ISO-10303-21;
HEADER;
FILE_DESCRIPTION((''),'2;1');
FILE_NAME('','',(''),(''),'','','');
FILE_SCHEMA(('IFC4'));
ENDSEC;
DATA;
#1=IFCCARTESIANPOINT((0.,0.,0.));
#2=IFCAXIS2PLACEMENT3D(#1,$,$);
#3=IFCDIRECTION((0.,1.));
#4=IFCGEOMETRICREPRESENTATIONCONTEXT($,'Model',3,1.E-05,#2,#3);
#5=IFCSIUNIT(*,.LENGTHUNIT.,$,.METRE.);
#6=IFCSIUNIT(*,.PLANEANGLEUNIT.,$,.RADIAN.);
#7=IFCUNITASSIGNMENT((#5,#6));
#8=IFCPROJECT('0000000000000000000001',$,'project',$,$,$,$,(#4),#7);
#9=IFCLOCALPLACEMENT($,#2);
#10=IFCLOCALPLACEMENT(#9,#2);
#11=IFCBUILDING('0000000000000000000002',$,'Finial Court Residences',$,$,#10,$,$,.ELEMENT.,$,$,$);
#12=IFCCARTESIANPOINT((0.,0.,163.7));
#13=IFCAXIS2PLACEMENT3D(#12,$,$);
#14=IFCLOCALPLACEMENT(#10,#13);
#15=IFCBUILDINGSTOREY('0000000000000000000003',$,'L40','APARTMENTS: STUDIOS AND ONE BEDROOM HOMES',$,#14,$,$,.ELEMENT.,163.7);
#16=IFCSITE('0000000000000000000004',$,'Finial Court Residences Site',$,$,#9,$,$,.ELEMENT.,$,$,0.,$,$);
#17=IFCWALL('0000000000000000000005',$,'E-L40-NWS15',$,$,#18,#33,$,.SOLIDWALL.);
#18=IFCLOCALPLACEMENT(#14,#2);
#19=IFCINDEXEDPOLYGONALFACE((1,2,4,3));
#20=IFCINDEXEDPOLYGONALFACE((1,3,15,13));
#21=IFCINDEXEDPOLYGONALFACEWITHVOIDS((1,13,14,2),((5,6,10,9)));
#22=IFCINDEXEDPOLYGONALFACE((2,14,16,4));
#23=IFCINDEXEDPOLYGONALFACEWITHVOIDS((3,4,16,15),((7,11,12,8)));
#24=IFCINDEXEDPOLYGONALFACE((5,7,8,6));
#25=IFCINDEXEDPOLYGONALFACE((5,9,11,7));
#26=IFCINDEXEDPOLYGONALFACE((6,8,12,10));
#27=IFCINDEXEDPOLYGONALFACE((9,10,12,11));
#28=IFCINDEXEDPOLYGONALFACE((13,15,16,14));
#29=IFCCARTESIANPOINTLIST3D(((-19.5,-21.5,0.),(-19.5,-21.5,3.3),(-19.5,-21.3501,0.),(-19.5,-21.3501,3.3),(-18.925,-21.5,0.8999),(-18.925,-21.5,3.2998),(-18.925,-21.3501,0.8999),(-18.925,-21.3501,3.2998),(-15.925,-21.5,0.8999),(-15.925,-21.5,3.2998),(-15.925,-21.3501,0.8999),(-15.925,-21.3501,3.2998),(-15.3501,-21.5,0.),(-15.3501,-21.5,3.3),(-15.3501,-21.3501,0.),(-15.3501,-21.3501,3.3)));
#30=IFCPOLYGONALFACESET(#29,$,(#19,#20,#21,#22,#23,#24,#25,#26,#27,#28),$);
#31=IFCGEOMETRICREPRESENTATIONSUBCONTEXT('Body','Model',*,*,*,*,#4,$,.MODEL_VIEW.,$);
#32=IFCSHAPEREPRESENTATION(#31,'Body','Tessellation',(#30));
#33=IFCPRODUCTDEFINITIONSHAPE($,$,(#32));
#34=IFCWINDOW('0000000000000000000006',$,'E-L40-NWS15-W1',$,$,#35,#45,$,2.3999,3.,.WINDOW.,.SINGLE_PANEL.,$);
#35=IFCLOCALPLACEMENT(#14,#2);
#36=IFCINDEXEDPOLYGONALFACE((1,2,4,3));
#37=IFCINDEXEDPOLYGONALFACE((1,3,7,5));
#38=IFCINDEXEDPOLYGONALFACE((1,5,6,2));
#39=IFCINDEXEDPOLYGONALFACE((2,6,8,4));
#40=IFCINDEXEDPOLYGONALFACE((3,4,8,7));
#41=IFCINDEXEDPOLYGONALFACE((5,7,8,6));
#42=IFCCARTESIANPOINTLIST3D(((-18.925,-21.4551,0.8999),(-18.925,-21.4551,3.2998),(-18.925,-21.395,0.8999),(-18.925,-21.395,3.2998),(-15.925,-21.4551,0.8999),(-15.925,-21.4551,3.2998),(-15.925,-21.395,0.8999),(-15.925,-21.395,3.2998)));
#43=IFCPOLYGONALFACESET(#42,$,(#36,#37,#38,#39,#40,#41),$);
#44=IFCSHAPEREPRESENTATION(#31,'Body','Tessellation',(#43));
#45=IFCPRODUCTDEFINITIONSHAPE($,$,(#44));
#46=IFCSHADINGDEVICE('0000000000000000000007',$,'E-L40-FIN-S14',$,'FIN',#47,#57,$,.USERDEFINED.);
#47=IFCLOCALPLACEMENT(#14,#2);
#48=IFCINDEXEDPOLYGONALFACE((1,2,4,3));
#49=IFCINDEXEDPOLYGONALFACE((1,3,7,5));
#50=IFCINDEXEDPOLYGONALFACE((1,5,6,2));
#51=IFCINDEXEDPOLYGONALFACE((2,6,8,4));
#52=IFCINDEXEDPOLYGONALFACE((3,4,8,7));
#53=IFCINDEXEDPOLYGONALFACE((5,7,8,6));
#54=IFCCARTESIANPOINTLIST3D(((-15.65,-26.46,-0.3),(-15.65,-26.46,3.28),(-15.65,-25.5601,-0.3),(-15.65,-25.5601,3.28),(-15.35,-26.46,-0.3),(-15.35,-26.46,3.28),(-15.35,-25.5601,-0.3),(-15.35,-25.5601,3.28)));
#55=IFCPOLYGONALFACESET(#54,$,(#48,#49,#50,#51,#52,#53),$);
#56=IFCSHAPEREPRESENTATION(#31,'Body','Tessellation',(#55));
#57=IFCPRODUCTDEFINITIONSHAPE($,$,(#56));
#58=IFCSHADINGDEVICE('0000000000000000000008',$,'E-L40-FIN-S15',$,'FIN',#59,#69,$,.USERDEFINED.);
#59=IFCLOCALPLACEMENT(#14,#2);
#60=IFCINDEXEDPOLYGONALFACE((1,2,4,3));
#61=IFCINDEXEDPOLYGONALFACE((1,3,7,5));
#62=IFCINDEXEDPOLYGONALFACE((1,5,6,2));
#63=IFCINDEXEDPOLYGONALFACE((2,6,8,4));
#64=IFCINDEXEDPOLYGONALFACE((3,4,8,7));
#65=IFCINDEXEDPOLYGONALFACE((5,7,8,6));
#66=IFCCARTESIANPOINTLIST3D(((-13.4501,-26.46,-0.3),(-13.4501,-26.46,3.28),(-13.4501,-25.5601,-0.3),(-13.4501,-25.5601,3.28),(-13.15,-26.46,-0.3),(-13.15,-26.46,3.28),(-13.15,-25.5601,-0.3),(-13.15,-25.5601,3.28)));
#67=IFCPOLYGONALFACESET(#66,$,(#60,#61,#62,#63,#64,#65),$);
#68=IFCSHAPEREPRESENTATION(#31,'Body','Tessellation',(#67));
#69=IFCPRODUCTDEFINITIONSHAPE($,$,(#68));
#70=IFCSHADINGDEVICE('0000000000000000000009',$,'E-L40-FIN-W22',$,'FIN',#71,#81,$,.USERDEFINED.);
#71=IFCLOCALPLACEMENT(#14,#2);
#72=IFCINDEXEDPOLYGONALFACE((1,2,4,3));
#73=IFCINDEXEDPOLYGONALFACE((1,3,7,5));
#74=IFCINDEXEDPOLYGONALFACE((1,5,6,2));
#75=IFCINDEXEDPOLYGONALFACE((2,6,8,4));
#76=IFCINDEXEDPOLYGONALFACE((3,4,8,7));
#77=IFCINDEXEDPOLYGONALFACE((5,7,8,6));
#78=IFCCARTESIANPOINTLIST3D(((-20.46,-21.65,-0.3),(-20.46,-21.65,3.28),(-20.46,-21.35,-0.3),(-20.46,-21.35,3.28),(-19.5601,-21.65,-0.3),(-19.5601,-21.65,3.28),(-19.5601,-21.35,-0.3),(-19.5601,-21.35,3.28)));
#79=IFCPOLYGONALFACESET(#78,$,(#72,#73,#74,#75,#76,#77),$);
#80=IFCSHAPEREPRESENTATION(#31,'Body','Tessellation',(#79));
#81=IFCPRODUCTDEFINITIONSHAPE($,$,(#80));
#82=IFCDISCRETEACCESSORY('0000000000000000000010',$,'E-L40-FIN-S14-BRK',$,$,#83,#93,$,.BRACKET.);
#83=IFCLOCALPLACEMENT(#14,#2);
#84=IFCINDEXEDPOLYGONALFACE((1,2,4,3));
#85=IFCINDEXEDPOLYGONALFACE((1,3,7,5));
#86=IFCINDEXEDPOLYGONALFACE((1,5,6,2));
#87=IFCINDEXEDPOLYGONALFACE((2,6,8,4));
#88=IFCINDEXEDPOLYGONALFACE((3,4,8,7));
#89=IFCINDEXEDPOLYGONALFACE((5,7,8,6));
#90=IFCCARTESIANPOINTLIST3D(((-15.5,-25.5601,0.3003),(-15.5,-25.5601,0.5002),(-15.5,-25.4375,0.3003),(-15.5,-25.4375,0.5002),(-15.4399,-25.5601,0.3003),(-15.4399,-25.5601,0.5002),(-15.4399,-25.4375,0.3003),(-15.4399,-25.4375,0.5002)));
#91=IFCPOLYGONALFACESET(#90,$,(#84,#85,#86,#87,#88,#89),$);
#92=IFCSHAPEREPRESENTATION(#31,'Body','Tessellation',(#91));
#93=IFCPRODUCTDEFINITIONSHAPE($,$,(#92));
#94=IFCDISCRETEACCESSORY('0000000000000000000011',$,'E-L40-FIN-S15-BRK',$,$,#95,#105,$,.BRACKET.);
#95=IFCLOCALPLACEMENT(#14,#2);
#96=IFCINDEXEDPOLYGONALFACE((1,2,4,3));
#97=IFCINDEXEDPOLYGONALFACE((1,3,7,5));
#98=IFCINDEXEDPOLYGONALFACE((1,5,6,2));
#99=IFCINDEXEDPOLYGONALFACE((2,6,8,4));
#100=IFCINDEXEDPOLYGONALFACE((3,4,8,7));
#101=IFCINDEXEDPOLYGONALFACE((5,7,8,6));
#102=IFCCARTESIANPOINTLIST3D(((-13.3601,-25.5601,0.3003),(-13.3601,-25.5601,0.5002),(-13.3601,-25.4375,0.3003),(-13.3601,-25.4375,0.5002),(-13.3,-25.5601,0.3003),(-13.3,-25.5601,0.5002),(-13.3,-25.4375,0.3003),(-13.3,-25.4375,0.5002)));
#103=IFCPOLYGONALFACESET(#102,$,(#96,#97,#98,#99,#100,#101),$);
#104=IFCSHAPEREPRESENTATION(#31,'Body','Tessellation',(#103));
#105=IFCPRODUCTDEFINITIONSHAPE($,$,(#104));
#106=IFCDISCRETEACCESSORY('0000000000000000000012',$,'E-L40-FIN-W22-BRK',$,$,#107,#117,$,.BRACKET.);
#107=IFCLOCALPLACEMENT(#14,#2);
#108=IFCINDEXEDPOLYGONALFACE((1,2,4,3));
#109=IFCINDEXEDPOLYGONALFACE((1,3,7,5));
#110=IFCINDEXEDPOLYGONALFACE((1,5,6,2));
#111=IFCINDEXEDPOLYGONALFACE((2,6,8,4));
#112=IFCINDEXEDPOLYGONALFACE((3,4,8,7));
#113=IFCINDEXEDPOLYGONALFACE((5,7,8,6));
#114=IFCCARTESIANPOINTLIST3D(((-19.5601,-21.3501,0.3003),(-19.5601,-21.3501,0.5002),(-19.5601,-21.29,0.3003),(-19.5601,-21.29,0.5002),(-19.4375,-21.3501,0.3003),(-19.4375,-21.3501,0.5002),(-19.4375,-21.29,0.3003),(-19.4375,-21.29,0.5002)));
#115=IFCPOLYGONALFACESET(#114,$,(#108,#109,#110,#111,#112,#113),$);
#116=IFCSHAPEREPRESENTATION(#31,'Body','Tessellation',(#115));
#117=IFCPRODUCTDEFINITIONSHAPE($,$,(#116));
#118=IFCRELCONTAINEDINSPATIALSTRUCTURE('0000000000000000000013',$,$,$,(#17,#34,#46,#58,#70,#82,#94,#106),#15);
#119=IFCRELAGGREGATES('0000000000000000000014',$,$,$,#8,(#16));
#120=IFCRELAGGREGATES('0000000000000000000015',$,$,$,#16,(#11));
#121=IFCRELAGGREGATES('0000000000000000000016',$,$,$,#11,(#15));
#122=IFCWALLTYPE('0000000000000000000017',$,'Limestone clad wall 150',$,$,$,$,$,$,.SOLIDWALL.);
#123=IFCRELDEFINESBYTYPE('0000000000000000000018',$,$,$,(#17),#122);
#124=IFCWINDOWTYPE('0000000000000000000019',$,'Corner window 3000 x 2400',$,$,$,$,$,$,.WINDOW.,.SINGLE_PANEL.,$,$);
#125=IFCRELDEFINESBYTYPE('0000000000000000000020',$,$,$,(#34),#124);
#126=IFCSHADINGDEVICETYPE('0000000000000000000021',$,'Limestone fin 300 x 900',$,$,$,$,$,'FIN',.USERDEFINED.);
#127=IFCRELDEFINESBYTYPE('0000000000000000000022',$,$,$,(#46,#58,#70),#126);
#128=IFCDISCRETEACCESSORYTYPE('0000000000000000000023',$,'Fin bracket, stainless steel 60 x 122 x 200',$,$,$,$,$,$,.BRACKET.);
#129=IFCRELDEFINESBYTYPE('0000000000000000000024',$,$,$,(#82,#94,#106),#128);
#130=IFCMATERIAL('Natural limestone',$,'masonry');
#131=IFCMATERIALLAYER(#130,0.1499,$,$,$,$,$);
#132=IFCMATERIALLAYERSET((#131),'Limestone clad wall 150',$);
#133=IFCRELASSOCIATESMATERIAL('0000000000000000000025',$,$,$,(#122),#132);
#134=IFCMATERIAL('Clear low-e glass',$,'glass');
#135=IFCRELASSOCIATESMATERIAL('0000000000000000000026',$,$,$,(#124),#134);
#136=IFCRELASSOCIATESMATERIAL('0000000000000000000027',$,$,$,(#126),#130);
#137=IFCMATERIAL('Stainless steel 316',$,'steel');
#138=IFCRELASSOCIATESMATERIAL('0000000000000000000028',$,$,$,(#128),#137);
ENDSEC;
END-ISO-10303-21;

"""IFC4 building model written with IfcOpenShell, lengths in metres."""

from ifc_helpers import new_model, si_unit, direction, frame, frame_2d, origin, origin_2d, place, context, subcontext, project, spatial, rectangle, extrude, material, layer, layer_set, type_object, element, fill, save


model = new_model("IFC4")

# Units and contexts
model_context = context("Model", 3, precision=1e-05, world=origin(), true_north=direction((0.0, 1.0)))
body_context = subcontext(model_context, "Body", "Model", "MODEL_VIEW")
ifc_project = project(units=[si_unit("LENGTHUNIT", "METRE"), si_unit("PLANEANGLEUNIT", "RADIAN")], contexts=[model_context])

# Site, building, storey
site_placement = place(None, origin())
site = spatial("IfcSite", under=ifc_project, at=site_placement, Name="Finial Court Residences Site", CompositionType="ELEMENT", RefElevation=0.0)
building_placement = place(site_placement, origin())
building = spatial("IfcBuilding", under=site, at=building_placement, Name="Finial Court Residences", CompositionType="ELEMENT")
storey_placement = place(building_placement, frame((0.0, 0.0, 163.7)))
storey = spatial("IfcBuildingStorey", under=building, at=storey_placement, Name="L40", Description="APARTMENTS: STUDIOS AND ONE BEDROOM HOMES", CompositionType="ELEMENT", Elevation=163.7)

# Shared definitions
ifc_material_1 = material(Name="Clear low-e glass", Category="glass")

# Wall, opening, window
ifc_material_2 = material(Name="Natural limestone", Category="masonry")
ifc_layer_1 = layer(ifc_material_2, 0.1499)
ifc_layer_set_1 = layer_set([ifc_layer_1], Name="Limestone clad wall 150")
wall_type_1 = type_object("IfcWallType", Name="Limestone clad wall 150", PredefinedType="SOLIDWALL", material=ifc_layer_set_1)
wall_1_placement = place(storey_placement, frame((-15.3501, -21.425, 0.0), z_axis=(0.0, 0.0, 1.0), x_axis=(-1.0, 0.0, 0.0)))
wall_1 = element("IfcWall", 1, at=wall_1_placement, inside=storey, type_object=wall_type_1, Name="E-L40-NWS15", PredefinedType="SOLIDWALL", context=body_context, shape_type="SweptSolid", body=[
    extrude(rectangle(XDim=4.1499, YDim=0.1499, at=frame_2d((2.075, 0.0))), origin(), (0.0, 0.0, 1.0), 3.3),
])
opening_1_placement = place(wall_1_placement, frame((0.575, 0.0, 0.8999)))
opening_1 = element("IfcOpeningElement", 2, at=opening_1_placement, cuts=wall_1, PredefinedType="OPENING", context=body_context, shape_type="SweptSolid", body=[
    extrude(rectangle(XDim=3.0, YDim=2.3999, at=frame_2d((1.5, 1.2))), frame((0.0, 0.085, 0.0), z_axis=(0.0, -1.0, 0.0), x_axis=(1.0, 0.0, 0.0)), (0.0, 0.0, 1.0), 0.1699),
])
window_type_1 = type_object("IfcWindowType", Name="Corner window 3000 x 2400", PartitioningType="SINGLE_PANEL", PredefinedType="WINDOW", material=ifc_material_1)
window_1_placement = place(opening_1_placement, origin())
window_1 = element("IfcWindow", 3, at=window_1_placement, inside=storey, type_object=window_type_1, Name="E-L40-NWS15-W1", OverallHeight=2.3999, OverallWidth=3.0, PartitioningType="SINGLE_PANEL", PredefinedType="WINDOW", context=body_context, shape_type="SweptSolid", body=[
    extrude(rectangle(XDim=3.0, YDim=2.3999, at=frame_2d((1.5, 1.2))), frame((0.0, 0.03, 0.0), z_axis=(0.0, -1.0, 0.0), x_axis=(1.0, 0.0, 0.0)), (0.0, 0.0, 1.0), 0.0601),
])
fill(opening_1, window_1)

# Shading devices
shading_device_type = type_object("IfcShadingDeviceType", Name="Limestone fin 300 x 900", ElementType="FIN", PredefinedType="USERDEFINED", material=ifc_material_2)
for number, where, z_axis, x_axis, name in (
    (4, (-15.5, -26.01, -0.3), (0.0, 0.0, 1.0), (1.0, 0.0, 0.0), "E-L40-FIN-S14"),
    (5, (-13.3, -26.01, -0.3), (0.0, 0.0, 1.0), (1.0, 0.0, 0.0), "E-L40-FIN-S15"),
):
    element("IfcShadingDevice", number, at=place(storey_placement, frame(where, z_axis=z_axis, x_axis=x_axis)), inside=storey, type_object=shading_device_type, Name=name, ObjectType="FIN", PredefinedType="USERDEFINED", context=body_context, shape_type="SweptSolid", body=[
        extrude(rectangle(XDim=0.3, YDim=0.8999, at=origin_2d()), origin(), (0.0, 0.0, 1.0), 3.5801),
    ])
shading_device_placement = place(storey_placement, frame((-20.01, -21.5, -0.3), z_axis=(0.0, 0.0, 1.0), x_axis=(1.0, 0.0, 0.0)))
element("IfcShadingDevice", 6, at=shading_device_placement, inside=storey, type_object=shading_device_type, Name="E-L40-FIN-W22", ObjectType="FIN", PredefinedType="USERDEFINED", context=body_context, shape_type="SweptSolid", body=[
    extrude(rectangle(XDim=0.8999, YDim=0.3, at=origin_2d()), origin(), (0.0, 0.0, 1.0), 3.5801),
])

# Discrete accessories
ifc_material_3 = material(Name="Stainless steel 316", Category="steel")
discrete_accessory_type = type_object("IfcDiscreteAccessoryType", Name="Fin bracket, stainless steel 60 x 122 x 200", PredefinedType="BRACKET", material=ifc_material_3)
for number, where, z_axis, x_axis, name in (
    (7, (-15.47, -25.4988, 0.3003), (0.0, 0.0, 1.0), (1.0, 0.0, 0.0), "E-L40-FIN-S14-BRK"),
    (8, (-13.3301, -25.4988, 0.3003), (0.0, 0.0, 1.0), (1.0, 0.0, 0.0), "E-L40-FIN-S15-BRK"),
):
    element("IfcDiscreteAccessory", number, at=place(storey_placement, frame(where, z_axis=z_axis, x_axis=x_axis)), inside=storey, type_object=discrete_accessory_type, Name=name, PredefinedType="BRACKET", context=body_context, shape_type="SweptSolid", body=[
        extrude(rectangle(XDim=0.0601, YDim=0.1226, at=origin_2d()), origin(), (0.0, 0.0, 1.0), 0.2),
    ])
discrete_accessory_placement = place(storey_placement, frame((-19.4988, -21.3201, 0.3003), z_axis=(0.0, 0.0, 1.0), x_axis=(1.0, 0.0, 0.0)))
element("IfcDiscreteAccessory", 9, at=discrete_accessory_placement, inside=storey, type_object=discrete_accessory_type, Name="E-L40-FIN-W22-BRK", PredefinedType="BRACKET", context=body_context, shape_type="SweptSolid", body=[
    extrude(rectangle(XDim=0.1226, YDim=0.0601, at=origin_2d()), origin(), (0.0, 0.0, 1.0), 0.2),
])

save(model, "model.ifc")
